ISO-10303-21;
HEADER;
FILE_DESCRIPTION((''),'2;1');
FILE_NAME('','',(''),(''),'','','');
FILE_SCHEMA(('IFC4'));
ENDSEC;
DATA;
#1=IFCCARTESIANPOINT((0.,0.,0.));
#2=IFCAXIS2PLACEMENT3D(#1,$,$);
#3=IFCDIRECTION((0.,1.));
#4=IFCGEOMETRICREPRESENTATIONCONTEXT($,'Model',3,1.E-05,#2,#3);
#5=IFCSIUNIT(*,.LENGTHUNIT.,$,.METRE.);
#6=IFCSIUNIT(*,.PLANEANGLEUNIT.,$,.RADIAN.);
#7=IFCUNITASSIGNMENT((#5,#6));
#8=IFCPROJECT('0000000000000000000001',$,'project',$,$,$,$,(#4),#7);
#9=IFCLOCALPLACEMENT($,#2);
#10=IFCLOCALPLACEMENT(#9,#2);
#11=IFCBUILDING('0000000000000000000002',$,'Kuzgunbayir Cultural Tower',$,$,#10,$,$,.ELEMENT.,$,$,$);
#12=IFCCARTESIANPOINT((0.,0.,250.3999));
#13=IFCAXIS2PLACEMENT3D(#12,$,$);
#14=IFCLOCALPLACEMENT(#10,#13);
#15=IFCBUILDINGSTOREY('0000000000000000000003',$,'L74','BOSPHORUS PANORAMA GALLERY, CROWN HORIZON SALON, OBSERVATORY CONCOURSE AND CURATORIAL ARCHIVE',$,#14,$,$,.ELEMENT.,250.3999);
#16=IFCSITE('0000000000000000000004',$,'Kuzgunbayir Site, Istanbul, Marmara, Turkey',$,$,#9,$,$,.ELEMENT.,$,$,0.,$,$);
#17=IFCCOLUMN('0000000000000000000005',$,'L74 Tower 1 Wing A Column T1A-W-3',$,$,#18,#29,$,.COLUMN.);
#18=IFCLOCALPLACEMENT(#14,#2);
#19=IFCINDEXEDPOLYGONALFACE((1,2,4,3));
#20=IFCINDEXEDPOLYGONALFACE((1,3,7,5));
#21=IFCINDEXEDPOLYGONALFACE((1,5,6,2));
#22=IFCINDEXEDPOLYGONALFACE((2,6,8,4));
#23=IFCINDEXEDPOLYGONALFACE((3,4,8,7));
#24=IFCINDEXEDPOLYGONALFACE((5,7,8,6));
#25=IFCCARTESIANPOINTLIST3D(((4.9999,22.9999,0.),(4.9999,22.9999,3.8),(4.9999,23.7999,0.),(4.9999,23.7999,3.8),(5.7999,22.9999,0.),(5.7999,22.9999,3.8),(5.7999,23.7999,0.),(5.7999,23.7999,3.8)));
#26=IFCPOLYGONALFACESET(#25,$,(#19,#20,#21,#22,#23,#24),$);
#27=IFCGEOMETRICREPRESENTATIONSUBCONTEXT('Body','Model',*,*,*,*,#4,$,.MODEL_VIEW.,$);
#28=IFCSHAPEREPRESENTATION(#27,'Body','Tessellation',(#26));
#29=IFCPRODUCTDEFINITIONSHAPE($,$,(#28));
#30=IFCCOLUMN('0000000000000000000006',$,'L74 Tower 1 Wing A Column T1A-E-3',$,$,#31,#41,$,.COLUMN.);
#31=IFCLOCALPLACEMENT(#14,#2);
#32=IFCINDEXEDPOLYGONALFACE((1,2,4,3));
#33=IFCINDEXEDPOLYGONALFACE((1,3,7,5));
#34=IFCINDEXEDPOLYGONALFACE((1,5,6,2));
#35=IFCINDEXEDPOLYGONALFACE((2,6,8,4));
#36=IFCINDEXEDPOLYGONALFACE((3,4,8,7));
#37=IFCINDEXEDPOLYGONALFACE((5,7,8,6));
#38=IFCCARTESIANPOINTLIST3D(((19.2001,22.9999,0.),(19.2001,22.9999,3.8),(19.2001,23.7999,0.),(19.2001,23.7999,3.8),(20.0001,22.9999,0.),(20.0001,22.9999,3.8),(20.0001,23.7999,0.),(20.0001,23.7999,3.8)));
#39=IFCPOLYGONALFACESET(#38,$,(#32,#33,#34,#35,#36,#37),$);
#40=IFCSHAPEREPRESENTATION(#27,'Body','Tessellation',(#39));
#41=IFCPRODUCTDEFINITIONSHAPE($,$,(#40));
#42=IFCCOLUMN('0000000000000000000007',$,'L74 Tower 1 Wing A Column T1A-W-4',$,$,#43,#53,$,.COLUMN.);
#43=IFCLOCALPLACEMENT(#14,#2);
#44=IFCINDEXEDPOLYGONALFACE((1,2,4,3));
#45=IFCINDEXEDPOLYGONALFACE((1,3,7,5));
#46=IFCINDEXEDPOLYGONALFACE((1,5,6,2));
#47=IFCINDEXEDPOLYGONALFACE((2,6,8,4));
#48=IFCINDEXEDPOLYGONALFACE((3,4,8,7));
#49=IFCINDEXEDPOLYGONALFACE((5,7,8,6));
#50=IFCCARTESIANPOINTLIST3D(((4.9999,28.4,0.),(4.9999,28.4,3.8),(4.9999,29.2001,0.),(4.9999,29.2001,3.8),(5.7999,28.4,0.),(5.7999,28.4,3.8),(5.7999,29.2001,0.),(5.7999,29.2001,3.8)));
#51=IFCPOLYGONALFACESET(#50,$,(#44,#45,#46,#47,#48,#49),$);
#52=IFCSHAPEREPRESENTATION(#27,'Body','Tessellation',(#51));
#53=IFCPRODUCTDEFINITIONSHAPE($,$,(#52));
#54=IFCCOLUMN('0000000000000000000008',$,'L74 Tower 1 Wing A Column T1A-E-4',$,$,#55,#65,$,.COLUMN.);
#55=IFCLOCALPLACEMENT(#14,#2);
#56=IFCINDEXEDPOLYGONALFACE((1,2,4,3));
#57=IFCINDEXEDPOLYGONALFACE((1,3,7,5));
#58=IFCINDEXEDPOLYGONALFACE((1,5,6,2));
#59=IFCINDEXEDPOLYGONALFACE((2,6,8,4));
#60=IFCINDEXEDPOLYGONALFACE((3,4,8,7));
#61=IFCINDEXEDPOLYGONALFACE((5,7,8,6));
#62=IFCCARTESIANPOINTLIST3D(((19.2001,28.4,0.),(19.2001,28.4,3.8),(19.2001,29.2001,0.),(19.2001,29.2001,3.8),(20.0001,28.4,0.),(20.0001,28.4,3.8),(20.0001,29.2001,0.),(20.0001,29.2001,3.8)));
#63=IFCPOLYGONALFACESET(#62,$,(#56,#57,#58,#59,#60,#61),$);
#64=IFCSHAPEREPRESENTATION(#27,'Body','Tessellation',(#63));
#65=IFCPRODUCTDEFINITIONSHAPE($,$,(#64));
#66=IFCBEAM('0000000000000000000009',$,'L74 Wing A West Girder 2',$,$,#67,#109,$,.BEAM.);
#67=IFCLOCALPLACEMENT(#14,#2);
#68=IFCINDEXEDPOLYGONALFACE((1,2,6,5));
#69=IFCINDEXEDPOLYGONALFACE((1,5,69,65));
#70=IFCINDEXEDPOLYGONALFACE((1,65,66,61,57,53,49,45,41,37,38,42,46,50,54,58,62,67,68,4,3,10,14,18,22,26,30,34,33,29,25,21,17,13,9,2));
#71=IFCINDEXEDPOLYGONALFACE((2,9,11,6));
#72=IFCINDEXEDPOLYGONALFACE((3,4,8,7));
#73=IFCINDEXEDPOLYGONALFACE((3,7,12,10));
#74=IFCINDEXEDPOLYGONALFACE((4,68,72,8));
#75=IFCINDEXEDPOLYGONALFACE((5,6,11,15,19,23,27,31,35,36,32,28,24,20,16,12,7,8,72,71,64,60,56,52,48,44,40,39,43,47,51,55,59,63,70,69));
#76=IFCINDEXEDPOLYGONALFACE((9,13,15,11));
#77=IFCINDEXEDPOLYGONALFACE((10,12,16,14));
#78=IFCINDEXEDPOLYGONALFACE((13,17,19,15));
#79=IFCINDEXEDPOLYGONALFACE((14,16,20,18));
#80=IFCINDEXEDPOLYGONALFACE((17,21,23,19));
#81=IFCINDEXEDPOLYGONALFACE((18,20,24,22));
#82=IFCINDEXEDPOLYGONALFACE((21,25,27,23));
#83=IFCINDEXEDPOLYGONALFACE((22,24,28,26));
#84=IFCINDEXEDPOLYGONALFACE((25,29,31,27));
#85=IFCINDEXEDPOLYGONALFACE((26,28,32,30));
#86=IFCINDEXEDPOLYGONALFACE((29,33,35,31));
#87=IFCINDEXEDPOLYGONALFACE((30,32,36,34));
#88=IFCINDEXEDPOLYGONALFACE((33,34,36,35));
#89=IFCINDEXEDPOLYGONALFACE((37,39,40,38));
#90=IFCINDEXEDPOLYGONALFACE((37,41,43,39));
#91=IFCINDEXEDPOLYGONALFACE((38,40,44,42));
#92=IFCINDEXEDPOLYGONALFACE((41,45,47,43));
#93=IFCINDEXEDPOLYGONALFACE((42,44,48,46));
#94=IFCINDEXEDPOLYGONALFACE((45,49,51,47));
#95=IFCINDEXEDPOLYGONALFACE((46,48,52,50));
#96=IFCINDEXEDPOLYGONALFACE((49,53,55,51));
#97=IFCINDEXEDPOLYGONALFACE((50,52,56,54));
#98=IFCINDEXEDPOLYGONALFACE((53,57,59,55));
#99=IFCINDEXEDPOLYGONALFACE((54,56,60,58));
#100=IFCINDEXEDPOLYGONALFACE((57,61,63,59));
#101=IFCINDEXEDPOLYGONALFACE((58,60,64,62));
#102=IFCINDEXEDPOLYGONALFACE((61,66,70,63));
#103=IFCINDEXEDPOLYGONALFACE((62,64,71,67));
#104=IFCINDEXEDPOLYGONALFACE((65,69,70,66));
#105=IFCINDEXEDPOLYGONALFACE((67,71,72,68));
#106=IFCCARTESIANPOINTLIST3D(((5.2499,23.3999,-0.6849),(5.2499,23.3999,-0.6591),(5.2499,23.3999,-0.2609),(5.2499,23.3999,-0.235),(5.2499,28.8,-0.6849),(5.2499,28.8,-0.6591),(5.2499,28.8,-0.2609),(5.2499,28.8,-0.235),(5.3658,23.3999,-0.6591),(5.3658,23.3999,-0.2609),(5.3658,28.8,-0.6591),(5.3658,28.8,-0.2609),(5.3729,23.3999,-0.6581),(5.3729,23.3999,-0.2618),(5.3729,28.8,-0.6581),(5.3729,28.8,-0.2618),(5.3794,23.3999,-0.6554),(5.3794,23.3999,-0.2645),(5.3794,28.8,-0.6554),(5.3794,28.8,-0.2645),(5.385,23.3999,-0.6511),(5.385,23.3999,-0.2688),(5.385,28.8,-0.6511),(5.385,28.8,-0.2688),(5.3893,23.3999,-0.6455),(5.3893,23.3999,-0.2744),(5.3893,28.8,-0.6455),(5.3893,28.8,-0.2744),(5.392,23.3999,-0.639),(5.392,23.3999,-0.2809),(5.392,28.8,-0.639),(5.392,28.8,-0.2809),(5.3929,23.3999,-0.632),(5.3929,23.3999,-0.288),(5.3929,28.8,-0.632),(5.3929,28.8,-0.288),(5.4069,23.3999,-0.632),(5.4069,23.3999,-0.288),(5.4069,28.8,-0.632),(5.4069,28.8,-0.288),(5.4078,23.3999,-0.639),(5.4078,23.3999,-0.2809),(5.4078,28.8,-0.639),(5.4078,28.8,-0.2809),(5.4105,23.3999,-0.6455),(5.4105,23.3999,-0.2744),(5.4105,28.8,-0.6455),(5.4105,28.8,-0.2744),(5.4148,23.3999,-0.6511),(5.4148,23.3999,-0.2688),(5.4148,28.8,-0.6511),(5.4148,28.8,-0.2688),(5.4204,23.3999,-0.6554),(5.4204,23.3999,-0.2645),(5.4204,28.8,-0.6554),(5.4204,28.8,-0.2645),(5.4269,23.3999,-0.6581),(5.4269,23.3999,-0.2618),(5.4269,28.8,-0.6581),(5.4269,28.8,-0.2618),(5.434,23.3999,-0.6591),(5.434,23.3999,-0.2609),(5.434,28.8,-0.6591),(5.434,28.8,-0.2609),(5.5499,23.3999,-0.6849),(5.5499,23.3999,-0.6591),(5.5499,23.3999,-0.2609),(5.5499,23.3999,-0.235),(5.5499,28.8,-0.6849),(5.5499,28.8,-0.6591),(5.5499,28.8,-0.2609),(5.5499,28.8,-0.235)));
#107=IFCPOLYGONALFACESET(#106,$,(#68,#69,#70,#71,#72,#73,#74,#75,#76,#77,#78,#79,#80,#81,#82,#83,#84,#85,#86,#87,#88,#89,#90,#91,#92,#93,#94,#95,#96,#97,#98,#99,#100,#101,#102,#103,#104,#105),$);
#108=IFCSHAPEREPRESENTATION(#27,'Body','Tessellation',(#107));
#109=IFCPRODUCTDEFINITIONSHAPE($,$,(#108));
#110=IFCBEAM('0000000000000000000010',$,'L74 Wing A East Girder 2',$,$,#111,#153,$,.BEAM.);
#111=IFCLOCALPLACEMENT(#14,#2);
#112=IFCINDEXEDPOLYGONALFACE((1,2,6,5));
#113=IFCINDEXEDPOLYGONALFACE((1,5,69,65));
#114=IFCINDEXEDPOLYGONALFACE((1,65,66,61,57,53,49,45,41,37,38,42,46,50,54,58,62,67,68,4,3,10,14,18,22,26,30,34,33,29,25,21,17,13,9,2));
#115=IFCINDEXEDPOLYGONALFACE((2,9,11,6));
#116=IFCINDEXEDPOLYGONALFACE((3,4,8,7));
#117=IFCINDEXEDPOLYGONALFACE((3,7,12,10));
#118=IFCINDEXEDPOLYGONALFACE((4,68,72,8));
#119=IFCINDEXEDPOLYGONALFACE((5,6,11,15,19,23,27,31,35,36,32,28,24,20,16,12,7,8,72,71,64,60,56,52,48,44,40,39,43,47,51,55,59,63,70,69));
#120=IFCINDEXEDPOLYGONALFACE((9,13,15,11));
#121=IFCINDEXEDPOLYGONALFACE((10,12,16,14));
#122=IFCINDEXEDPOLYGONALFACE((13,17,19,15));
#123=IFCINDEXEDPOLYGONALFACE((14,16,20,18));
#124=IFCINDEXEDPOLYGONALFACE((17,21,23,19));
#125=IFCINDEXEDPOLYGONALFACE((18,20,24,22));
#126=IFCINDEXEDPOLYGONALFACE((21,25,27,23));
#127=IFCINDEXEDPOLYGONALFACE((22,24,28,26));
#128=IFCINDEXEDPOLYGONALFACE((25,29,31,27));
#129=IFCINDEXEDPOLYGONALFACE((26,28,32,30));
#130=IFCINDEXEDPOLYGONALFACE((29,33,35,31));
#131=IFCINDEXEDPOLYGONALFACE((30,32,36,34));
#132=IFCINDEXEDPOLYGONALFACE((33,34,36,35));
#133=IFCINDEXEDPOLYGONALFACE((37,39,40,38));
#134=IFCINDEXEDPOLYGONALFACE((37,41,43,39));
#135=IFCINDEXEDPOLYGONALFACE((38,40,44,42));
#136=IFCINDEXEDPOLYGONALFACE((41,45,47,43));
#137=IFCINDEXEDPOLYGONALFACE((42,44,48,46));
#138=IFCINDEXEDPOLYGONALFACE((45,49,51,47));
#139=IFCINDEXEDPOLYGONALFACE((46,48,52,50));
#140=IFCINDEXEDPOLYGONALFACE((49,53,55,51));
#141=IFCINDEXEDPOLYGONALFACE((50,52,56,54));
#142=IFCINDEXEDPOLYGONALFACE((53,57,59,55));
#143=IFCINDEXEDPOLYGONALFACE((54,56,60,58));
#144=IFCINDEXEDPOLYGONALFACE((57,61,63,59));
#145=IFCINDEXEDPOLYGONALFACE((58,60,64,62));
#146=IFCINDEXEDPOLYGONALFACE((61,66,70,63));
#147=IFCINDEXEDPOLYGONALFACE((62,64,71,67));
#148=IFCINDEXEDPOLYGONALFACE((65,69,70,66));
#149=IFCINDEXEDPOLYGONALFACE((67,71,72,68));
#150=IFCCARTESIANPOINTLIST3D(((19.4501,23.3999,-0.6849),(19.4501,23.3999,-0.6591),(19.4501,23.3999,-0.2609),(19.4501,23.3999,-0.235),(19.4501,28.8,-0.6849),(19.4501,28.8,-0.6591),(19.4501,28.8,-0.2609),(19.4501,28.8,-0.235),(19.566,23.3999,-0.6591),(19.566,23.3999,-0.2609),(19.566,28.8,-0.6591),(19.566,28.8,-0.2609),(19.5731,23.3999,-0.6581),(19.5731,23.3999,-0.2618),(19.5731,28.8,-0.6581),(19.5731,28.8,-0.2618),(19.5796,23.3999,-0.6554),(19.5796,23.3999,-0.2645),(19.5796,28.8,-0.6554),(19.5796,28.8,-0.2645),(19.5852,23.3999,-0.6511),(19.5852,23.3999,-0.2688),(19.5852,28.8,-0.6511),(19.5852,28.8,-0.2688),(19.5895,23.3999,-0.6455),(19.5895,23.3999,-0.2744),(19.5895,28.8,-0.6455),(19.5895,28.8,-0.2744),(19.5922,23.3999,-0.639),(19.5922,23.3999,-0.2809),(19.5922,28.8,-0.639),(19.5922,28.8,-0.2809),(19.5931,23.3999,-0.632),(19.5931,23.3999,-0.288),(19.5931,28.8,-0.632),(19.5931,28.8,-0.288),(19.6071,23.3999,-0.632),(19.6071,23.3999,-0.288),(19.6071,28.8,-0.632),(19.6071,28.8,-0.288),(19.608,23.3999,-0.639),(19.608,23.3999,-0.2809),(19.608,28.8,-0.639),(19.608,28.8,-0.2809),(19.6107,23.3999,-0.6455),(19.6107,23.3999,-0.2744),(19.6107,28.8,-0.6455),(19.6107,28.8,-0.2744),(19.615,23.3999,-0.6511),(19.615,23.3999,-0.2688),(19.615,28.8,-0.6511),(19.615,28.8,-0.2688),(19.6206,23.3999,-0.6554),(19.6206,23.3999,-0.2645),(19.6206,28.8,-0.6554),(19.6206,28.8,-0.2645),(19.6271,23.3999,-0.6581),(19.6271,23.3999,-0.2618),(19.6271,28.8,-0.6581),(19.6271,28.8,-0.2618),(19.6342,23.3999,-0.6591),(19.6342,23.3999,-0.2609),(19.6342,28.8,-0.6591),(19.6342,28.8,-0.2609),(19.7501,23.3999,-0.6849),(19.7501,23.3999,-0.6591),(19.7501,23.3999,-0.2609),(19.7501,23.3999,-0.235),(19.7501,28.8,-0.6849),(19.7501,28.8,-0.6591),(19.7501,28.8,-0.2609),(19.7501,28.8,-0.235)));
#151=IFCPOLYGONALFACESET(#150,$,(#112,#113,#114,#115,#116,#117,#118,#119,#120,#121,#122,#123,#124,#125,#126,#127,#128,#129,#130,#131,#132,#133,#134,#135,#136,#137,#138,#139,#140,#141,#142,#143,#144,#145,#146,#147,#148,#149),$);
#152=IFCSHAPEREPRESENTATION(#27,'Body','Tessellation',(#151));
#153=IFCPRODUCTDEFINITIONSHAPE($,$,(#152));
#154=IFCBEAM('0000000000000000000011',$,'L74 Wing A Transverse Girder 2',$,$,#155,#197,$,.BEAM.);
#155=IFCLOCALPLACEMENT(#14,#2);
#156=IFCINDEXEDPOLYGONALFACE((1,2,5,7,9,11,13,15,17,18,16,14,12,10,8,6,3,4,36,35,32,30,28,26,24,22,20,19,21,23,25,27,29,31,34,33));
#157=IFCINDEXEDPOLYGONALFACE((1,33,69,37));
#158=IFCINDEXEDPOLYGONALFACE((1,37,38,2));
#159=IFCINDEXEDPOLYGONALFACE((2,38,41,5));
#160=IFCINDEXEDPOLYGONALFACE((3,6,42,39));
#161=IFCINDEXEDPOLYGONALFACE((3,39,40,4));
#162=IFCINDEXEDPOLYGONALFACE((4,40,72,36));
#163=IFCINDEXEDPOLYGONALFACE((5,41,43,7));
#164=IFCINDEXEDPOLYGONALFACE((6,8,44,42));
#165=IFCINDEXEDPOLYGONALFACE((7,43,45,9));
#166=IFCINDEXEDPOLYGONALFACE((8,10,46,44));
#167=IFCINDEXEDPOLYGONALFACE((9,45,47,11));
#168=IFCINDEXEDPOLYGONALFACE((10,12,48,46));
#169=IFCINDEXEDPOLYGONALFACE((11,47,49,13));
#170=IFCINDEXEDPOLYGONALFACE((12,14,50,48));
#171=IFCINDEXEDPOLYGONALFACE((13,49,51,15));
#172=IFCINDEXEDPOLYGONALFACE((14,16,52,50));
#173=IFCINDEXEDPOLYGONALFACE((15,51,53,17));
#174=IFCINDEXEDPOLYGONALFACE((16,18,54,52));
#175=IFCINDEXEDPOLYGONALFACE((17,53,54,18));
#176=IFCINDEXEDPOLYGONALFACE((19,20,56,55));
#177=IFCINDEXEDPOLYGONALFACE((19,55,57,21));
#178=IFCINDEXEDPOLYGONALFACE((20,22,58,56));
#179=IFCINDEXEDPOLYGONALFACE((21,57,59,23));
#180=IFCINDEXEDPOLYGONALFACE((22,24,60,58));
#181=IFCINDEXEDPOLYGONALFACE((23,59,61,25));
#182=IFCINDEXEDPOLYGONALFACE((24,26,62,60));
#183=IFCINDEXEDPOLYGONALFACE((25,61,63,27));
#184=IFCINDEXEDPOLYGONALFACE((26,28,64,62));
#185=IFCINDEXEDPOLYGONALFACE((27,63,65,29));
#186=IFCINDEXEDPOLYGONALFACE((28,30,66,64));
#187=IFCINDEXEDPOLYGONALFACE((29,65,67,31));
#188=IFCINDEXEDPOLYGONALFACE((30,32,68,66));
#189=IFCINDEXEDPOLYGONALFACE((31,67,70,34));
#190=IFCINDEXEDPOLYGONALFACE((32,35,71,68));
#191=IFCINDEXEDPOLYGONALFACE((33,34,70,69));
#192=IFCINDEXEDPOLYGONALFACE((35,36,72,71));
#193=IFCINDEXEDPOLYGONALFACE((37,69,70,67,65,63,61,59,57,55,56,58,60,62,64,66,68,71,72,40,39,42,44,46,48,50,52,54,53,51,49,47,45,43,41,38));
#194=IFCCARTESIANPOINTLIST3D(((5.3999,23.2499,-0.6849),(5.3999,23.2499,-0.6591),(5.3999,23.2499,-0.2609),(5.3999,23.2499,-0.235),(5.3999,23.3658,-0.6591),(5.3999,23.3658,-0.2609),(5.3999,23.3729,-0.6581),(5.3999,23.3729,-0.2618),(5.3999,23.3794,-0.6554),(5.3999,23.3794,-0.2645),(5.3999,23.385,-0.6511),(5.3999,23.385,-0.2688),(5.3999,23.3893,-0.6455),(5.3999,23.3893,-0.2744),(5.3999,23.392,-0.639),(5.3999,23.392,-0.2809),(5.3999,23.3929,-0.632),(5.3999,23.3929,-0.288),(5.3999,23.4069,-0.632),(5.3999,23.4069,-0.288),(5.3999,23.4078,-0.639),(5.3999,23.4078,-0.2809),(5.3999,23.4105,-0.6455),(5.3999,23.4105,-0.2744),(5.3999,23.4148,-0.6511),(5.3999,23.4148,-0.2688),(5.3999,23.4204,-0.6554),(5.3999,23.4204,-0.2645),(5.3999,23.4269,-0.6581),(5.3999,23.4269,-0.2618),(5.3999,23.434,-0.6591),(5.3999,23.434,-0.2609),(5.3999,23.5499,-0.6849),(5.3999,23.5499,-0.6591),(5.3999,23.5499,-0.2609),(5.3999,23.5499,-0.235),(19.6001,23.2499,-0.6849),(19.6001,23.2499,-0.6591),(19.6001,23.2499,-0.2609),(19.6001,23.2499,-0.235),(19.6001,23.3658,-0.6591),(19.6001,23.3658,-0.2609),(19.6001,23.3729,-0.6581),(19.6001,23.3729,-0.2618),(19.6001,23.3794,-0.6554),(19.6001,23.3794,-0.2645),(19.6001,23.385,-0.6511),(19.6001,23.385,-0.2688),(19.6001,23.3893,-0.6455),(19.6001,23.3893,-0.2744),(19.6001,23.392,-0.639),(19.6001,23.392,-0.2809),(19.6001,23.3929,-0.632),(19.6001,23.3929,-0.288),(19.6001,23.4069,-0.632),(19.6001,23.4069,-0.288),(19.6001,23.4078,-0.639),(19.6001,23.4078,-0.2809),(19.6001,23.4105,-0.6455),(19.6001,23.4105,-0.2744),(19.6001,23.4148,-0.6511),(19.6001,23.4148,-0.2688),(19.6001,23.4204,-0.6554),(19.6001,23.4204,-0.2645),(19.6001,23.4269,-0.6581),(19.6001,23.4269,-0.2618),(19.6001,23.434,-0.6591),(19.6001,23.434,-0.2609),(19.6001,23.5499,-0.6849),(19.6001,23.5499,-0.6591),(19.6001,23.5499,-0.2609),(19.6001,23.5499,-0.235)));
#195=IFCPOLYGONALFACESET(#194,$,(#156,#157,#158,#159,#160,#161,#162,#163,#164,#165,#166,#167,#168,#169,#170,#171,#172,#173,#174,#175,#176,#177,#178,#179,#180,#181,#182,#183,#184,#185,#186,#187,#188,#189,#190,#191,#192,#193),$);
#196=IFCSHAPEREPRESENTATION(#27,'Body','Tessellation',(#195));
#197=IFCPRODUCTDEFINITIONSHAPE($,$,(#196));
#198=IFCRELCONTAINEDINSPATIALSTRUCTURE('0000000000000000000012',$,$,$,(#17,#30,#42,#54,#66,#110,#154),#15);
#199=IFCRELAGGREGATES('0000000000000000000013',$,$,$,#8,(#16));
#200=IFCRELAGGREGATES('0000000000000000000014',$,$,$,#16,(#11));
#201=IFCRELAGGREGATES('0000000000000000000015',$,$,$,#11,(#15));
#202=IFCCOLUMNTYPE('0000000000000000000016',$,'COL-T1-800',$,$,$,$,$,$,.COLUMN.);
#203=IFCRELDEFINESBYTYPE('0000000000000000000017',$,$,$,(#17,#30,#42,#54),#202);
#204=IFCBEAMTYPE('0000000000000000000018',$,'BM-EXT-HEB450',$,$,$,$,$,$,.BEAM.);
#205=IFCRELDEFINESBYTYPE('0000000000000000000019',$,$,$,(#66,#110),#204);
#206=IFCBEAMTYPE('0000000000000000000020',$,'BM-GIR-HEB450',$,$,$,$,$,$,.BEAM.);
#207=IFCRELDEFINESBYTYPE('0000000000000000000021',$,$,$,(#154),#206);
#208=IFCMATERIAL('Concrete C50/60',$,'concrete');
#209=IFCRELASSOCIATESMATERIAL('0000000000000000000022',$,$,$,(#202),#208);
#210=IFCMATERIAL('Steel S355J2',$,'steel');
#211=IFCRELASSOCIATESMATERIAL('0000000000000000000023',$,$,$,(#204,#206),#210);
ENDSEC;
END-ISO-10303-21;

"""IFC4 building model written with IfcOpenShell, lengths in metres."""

from ifc_helpers import new_model, si_unit, direction, frame, origin, origin_2d, place, context, subcontext, project, spatial, rectangle, i_section, extrude, material, material_profile, profile_set, type_object, element, save


model = new_model("IFC4")

# Units and contexts
model_context = context("Model", 3, precision=1e-05, world=origin(), true_north=direction((0.0, 1.0)))
body_context = subcontext(model_context, "Body", "Model", "MODEL_VIEW")
ifc_project = project(units=[si_unit("LENGTHUNIT", "METRE"), si_unit("PLANEANGLEUNIT", "RADIAN")], contexts=[model_context])

# Site, building, storey
site_placement = place(None, origin())
site = spatial("IfcSite", under=ifc_project, at=site_placement, Name="Kuzgunbayir Site, Istanbul, Marmara, Turkey", CompositionType="ELEMENT", RefElevation=0.0)
building_placement = place(site_placement, origin())
building = spatial("IfcBuilding", under=site, at=building_placement, Name="Kuzgunbayir Cultural Tower", CompositionType="ELEMENT")
storey_placement = place(building_placement, frame((0.0, 0.0, 250.3999)))
storey = spatial("IfcBuildingStorey", under=building, at=storey_placement, Name="L74", Description="BOSPHORUS PANORAMA GALLERY, CROWN HORIZON SALON, OBSERVATORY CONCOURSE AND CURATORIAL ARCHIVE", CompositionType="ELEMENT", Elevation=250.3999)

# Columns
ifc_material_1 = material(Name="Concrete C50/60", Category="concrete")
ifc_material_profile_1 = material_profile(ifc_material_1, rectangle(XDim=0.8, YDim=0.8, at=origin_2d()), Name="RC 800x800")
ifc_profile_set_1 = profile_set([ifc_material_profile_1], Name="Concrete C50/60")
column_type = type_object("IfcColumnType", Name="COL-T1-800", PredefinedType="COLUMN", material=ifc_profile_set_1)
for number, where, z_axis, x_axis, name in (
    (1, (5.3999, 23.3999, 0.0), (0.0, 0.0, 1.0), (1.0, 0.0, 0.0), "L74 Tower 1 Wing A Column T1A-W-3"),
    (2, (19.6001, 23.3999, 0.0), (0.0, 0.0, 1.0), (1.0, 0.0, 0.0), "L74 Tower 1 Wing A Column T1A-E-3"),
    (3, (5.3999, 28.8, 0.0), (0.0, 0.0, 1.0), (1.0, 0.0, 0.0), "L74 Tower 1 Wing A Column T1A-W-4"),
    (4, (19.6001, 28.8, 0.0), (0.0, 0.0, 1.0), (1.0, 0.0, 0.0), "L74 Tower 1 Wing A Column T1A-E-4"),
):
    element("IfcColumn", number, at=place(storey_placement, frame(where, z_axis=z_axis, x_axis=x_axis)), inside=storey, type_object=column_type, Name=name, PredefinedType="COLUMN", context=body_context, shape_type="SweptSolid", body=[
        extrude(rectangle(XDim=0.8, YDim=0.8, at=origin_2d()), origin(), (0.0, 0.0, 1.0), 3.8),
    ])

# Beams
ifc_material_2 = material(Name="Steel S355J2", Category="steel")
ifc_material_profile_2 = material_profile(ifc_material_2, i_section(OverallWidth=0.3, OverallDepth=0.45, WebThickness=0.0139, FlangeThickness=0.0259, FilletRadius=0.0271, at=origin_2d()), Name="HEB 450")
ifc_profile_set_2 = profile_set([ifc_material_profile_2], Name="Steel S355J2")
beam_type_1 = type_object("IfcBeamType", Name="BM-EXT-HEB450", PredefinedType="BEAM", material=ifc_profile_set_2)
for number, where, z_axis, x_axis, name in (
    (5, (5.3999, 23.3999, -0.46), (0.0, 1.0, 0.0), (-1.0, 0.0, 0.0), "L74 Wing A West Girder 2"),
    (6, (19.6001, 23.3999, -0.46), (0.0, 1.0, 0.0), (-1.0, 0.0, 0.0), "L74 Wing A East Girder 2"),
):
    element("IfcBeam", number, at=place(storey_placement, frame(where, z_axis=z_axis, x_axis=x_axis)), inside=storey, type_object=beam_type_1, Name=name, PredefinedType="BEAM", context=body_context, shape_type="SweptSolid", body=[
        extrude(i_section(OverallWidth=0.3, OverallDepth=0.45, WebThickness=0.0139, FlangeThickness=0.0259, FilletRadius=0.0271, at=origin_2d()), origin(), (0.0, 0.0, 1.0), 5.4001),
    ])
ifc_material_profile_3 = material_profile(ifc_material_2, i_section(OverallWidth=0.3, OverallDepth=0.45, WebThickness=0.0139, FlangeThickness=0.0259, FilletRadius=0.0271, at=origin_2d()), Name="HEB 450")
ifc_profile_set_3 = profile_set([ifc_material_profile_3], Name="Steel S355J2")
beam_type_2 = type_object("IfcBeamType", Name="BM-GIR-HEB450", PredefinedType="BEAM", material=ifc_profile_set_3)
for number, where, z_axis, x_axis, name in (
    (7, (5.3999, 23.3999, -0.46), (1.0, 0.0, 0.0), (0.0, 1.0, 0.0), "L74 Wing A Transverse Girder 2"),
):
    element("IfcBeam", number, at=place(storey_placement, frame(where, z_axis=z_axis, x_axis=x_axis)), inside=storey, type_object=beam_type_2, Name=name, PredefinedType="BEAM", context=body_context, shape_type="SweptSolid", body=[
        extrude(i_section(OverallWidth=0.3, OverallDepth=0.45, WebThickness=0.0139, FlangeThickness=0.0259, FilletRadius=0.0271, at=origin_2d()), origin(), (0.0, 0.0, 1.0), 14.2002),
    ])

save(model, "model.ifc")
